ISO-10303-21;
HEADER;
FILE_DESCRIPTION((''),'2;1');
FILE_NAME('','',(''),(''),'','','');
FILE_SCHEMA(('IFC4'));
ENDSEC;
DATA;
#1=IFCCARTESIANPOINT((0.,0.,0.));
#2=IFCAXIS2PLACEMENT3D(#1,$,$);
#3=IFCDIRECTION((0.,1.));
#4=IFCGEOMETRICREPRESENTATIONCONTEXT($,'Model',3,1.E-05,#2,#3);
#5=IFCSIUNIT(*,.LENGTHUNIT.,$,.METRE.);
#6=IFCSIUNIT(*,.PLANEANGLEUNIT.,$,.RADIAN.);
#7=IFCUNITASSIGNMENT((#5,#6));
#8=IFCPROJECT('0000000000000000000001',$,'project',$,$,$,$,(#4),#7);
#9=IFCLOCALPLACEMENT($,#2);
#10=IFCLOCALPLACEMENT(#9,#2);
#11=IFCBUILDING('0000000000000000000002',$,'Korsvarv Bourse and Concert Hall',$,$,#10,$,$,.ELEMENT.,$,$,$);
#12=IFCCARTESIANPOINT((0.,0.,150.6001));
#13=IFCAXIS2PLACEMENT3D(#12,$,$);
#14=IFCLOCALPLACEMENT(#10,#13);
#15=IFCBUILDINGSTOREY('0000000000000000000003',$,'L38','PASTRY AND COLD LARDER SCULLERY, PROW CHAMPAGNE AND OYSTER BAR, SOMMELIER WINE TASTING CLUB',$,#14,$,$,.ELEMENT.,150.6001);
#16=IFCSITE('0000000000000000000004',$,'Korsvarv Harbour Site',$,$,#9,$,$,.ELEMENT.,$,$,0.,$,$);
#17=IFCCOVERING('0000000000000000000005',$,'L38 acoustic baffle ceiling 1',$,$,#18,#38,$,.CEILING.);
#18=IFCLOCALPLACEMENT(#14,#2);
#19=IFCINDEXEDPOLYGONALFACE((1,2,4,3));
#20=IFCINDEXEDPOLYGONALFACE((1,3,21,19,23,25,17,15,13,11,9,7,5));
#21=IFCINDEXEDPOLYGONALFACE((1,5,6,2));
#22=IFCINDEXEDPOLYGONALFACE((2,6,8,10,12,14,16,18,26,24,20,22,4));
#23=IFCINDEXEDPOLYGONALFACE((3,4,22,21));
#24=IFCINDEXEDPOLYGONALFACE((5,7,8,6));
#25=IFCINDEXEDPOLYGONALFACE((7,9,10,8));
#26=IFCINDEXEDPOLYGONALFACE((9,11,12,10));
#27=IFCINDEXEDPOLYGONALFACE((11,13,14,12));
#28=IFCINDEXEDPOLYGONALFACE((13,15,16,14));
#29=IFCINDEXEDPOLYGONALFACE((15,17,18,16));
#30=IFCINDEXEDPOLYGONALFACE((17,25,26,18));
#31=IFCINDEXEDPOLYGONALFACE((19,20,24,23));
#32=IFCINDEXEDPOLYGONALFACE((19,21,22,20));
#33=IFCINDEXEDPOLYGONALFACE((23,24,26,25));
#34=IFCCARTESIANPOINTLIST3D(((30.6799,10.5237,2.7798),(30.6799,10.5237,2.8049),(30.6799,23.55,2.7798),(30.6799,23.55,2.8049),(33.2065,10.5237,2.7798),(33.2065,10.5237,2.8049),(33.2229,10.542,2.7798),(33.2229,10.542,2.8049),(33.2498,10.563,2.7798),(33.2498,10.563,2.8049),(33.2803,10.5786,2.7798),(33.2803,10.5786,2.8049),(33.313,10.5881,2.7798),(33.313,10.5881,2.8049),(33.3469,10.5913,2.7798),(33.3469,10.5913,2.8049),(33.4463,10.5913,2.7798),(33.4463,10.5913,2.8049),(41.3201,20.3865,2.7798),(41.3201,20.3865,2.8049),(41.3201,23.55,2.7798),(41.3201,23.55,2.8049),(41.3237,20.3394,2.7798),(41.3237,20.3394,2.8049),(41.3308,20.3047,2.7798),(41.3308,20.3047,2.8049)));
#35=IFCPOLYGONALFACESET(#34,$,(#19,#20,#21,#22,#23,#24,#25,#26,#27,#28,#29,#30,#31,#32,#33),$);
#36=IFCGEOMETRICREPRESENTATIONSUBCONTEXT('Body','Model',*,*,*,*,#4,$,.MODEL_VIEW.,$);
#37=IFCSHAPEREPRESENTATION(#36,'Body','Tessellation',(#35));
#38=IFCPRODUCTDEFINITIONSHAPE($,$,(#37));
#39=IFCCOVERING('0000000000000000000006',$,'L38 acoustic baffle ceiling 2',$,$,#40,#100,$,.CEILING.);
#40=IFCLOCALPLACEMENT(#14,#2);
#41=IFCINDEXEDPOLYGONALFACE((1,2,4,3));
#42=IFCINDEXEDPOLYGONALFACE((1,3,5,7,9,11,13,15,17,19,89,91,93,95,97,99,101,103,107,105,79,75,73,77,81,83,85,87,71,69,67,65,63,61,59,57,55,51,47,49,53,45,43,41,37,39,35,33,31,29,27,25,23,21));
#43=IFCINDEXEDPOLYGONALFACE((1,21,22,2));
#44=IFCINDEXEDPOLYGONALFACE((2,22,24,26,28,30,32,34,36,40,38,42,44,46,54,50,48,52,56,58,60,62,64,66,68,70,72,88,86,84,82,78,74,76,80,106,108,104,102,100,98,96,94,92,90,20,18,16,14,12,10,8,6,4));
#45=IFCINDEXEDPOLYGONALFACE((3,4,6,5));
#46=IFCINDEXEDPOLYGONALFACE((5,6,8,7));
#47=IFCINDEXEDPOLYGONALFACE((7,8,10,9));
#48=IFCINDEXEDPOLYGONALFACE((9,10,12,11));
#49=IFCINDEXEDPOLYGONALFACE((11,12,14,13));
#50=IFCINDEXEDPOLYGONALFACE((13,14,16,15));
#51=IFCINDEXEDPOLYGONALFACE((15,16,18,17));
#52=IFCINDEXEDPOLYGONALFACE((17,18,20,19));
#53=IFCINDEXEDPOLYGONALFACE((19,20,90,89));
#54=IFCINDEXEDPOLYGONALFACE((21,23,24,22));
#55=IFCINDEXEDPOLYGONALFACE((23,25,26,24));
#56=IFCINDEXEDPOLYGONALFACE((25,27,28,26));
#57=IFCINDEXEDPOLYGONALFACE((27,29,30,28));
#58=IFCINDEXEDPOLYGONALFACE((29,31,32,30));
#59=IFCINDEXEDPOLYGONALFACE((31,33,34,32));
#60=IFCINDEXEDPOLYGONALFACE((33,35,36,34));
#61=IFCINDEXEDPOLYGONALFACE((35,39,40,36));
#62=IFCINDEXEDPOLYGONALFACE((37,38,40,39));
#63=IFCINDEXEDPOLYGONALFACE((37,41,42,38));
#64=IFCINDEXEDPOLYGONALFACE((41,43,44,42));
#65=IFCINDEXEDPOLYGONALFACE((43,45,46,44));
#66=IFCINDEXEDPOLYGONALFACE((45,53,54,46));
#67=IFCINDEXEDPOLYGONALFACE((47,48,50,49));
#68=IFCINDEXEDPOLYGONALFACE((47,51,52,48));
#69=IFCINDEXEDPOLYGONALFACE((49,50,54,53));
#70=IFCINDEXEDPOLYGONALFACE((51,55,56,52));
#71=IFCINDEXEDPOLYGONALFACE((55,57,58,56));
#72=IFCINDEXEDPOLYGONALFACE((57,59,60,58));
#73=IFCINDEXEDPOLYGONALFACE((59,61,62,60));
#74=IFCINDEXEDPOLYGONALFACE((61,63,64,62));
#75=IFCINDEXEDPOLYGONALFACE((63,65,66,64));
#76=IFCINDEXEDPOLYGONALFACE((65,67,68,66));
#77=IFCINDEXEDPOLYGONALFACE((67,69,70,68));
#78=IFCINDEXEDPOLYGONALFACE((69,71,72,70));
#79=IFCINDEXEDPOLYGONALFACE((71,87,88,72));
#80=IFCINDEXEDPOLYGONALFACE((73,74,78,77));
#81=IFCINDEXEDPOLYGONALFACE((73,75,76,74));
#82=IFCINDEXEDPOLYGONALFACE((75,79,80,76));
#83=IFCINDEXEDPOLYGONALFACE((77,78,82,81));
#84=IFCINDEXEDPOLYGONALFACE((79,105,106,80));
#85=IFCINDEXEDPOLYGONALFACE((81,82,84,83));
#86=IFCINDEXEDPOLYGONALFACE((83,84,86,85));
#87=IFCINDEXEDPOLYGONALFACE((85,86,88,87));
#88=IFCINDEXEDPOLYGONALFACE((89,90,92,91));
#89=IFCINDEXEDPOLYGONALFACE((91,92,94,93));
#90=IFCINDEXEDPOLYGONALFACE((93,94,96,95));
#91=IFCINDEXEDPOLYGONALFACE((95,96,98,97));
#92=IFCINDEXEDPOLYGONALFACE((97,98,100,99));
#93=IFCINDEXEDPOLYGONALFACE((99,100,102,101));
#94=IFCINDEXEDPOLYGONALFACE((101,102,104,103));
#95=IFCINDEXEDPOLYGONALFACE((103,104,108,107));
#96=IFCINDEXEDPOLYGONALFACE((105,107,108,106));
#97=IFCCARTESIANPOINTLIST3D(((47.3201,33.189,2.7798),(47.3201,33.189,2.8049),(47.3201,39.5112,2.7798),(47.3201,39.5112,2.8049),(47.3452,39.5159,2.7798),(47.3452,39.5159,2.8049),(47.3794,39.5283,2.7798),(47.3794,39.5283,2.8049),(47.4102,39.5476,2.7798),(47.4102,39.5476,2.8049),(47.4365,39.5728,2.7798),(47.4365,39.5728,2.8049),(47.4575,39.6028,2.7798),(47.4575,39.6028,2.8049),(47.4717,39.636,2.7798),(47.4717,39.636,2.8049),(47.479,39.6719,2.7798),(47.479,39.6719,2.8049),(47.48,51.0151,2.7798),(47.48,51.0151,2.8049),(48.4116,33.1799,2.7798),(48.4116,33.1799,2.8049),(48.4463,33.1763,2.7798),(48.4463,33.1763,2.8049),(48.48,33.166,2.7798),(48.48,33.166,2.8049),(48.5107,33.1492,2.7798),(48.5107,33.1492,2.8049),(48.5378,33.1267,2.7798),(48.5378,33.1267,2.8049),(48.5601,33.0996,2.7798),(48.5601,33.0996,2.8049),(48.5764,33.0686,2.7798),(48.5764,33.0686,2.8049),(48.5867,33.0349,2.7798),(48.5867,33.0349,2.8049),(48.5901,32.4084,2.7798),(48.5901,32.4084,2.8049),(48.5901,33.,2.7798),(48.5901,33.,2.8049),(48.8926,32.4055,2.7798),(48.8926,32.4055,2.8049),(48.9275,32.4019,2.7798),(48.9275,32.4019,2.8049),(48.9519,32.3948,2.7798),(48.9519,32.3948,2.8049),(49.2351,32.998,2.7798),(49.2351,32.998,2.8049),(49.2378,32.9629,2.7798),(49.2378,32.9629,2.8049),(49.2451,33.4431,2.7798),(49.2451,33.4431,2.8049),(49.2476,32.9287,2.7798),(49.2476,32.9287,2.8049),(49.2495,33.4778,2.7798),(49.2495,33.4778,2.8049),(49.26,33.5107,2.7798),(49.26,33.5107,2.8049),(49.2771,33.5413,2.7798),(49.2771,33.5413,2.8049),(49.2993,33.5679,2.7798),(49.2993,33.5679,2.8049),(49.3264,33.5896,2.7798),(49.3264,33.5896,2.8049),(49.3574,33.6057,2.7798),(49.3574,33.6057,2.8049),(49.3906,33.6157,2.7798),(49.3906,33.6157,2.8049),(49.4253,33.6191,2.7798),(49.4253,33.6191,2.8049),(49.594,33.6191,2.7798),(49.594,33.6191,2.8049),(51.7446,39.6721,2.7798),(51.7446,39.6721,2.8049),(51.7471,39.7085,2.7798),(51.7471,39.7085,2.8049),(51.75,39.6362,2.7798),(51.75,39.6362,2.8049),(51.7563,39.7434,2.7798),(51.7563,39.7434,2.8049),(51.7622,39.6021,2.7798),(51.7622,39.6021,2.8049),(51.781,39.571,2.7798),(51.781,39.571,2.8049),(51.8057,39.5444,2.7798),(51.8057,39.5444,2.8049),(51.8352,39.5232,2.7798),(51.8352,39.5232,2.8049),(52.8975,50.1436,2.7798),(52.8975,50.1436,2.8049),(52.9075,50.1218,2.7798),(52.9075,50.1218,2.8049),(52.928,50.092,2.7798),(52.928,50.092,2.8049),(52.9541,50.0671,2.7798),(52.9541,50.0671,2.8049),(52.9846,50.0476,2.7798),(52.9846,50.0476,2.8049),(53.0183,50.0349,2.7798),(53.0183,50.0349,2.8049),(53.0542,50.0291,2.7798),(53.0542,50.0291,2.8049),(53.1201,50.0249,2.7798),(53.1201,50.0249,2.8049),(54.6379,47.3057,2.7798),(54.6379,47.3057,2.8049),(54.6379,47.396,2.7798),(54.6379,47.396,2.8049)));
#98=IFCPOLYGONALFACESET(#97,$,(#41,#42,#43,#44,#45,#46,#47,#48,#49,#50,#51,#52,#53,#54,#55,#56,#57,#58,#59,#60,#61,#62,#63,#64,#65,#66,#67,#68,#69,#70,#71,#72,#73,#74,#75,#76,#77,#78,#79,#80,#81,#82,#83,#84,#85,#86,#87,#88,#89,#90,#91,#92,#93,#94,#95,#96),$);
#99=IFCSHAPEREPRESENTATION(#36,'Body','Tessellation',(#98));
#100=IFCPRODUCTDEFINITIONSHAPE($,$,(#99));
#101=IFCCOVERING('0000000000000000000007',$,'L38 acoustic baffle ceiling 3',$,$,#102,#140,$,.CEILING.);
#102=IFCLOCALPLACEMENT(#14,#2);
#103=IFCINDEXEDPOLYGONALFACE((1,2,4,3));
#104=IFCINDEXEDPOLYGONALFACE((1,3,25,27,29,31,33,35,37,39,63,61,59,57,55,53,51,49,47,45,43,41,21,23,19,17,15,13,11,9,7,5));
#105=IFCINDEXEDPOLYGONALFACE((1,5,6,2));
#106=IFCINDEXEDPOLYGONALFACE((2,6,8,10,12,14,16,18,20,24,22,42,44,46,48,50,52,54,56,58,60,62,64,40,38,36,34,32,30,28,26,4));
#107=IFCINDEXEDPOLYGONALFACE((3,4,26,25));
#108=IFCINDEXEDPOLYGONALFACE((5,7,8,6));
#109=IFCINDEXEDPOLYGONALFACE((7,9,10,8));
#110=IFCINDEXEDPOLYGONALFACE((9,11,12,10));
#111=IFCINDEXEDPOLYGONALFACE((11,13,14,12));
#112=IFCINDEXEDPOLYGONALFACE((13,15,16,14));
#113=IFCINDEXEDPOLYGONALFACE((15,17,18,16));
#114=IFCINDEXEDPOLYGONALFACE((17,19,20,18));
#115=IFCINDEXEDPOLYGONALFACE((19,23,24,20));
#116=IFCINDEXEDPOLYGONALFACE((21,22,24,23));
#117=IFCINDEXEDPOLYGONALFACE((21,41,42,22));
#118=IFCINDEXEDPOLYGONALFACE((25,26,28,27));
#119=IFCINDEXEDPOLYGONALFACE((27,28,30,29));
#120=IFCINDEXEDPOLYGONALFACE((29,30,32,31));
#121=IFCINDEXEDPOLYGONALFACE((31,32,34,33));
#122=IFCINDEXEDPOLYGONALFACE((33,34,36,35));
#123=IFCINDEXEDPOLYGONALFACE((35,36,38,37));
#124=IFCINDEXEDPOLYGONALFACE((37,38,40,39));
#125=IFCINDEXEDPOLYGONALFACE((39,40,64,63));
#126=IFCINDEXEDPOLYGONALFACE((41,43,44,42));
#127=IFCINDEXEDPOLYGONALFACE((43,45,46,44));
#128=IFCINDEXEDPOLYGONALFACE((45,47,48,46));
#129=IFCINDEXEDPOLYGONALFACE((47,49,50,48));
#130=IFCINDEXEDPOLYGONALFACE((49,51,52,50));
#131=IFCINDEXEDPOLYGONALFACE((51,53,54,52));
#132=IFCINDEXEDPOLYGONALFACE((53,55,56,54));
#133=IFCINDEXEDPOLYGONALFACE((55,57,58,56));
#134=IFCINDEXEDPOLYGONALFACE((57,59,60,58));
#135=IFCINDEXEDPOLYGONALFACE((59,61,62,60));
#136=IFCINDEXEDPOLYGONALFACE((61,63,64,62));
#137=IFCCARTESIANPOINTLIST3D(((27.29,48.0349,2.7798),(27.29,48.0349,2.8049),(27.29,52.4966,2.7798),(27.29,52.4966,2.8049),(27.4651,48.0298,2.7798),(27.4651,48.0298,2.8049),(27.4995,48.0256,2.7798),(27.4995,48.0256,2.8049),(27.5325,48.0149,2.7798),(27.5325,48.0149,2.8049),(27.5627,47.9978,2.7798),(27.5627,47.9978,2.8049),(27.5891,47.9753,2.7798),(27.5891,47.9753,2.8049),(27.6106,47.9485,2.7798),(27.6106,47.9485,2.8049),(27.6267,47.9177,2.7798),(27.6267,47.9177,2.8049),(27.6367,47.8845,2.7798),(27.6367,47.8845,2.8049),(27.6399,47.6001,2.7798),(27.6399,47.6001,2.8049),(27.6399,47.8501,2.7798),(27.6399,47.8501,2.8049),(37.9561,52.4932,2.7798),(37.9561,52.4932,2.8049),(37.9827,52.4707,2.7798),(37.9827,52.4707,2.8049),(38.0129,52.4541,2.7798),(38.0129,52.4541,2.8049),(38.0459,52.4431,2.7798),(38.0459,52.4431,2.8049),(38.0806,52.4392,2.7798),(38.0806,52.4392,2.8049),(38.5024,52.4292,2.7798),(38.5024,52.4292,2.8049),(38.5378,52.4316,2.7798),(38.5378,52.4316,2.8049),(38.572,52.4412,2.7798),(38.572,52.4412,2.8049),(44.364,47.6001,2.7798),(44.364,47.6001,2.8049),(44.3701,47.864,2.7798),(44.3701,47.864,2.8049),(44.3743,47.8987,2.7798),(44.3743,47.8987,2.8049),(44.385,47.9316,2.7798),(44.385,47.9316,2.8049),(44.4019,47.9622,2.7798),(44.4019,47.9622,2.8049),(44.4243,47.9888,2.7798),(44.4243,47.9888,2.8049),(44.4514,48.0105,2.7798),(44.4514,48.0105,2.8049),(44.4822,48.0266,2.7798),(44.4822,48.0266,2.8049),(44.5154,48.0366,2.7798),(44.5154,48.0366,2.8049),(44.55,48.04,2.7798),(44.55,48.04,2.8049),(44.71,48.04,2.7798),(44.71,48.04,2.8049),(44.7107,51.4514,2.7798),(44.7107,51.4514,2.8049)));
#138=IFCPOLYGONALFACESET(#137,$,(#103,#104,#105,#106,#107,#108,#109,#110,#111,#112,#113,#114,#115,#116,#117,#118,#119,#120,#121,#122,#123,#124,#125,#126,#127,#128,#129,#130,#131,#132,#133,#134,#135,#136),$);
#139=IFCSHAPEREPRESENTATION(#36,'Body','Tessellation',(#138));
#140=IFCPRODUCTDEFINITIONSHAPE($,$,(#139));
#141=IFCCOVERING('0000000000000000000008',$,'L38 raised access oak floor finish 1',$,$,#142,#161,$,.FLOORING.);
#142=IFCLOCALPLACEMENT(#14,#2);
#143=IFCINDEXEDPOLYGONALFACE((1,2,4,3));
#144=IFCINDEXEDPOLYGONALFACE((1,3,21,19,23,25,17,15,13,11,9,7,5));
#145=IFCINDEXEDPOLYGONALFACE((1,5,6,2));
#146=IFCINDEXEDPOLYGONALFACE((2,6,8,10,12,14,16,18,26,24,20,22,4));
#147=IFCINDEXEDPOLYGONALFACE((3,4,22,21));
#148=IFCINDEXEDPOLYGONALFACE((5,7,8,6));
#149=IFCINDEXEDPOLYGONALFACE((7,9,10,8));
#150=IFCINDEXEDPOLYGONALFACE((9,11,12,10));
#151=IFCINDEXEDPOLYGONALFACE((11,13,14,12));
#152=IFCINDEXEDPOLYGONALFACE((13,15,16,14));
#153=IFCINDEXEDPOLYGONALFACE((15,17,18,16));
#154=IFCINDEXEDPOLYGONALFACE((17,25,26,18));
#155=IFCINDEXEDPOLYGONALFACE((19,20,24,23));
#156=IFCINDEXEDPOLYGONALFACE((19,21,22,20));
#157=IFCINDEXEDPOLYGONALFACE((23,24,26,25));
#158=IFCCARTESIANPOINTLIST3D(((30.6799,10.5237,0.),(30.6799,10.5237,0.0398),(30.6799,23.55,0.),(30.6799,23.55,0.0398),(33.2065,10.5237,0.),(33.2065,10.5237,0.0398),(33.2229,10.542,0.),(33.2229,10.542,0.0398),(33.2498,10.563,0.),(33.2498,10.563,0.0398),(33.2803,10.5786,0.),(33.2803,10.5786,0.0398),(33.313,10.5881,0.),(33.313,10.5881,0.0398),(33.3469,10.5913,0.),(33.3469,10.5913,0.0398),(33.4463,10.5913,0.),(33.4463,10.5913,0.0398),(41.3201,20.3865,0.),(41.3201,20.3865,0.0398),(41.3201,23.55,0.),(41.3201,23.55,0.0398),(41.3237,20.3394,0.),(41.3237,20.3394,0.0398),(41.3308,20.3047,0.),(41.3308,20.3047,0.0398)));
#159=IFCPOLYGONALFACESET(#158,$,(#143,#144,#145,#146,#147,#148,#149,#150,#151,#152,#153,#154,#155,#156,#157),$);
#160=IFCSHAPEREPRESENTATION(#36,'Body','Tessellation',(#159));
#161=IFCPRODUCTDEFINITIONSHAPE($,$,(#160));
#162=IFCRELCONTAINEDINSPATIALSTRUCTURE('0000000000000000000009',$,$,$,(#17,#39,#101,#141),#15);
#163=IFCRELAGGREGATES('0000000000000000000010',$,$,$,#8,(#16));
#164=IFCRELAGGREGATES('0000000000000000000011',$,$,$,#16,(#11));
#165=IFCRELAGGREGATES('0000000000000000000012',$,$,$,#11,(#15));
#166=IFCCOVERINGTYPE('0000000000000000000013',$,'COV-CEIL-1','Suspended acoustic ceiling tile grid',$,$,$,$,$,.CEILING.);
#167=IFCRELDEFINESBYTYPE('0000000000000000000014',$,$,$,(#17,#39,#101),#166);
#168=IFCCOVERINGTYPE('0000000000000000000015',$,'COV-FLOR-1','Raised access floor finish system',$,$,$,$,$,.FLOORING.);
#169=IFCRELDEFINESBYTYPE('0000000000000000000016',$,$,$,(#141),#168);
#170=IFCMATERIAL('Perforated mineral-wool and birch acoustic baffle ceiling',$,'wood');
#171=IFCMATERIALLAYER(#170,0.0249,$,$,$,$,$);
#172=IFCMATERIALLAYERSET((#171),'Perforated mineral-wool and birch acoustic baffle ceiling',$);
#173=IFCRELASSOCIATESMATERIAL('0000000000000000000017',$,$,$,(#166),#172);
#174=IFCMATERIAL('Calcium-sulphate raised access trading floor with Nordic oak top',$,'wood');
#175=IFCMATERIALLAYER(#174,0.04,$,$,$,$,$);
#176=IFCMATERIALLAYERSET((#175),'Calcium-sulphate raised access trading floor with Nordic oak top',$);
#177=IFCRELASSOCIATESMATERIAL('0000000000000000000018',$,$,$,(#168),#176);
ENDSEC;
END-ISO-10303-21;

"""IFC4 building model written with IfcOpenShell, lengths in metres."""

from ifc_helpers import new_model, si_unit, direction, frame, origin, place, context, subcontext, project, spatial, polyline, outline, extrude, material, layer, layer_set, type_object, element, save


model = new_model("IFC4")

# Units and contexts
model_context = context("Model", 3, precision=1e-05, world=origin(), true_north=direction((0.0, 1.0)))
body_context = subcontext(model_context, "Body", "Model", "MODEL_VIEW")
ifc_project = project(units=[si_unit("LENGTHUNIT", "METRE"), si_unit("PLANEANGLEUNIT", "RADIAN")], contexts=[model_context])

# Site, building, storey
site_placement = place(None, origin())
site = spatial("IfcSite", under=ifc_project, at=site_placement, Name="Korsvarv Harbour Site", CompositionType="ELEMENT", RefElevation=0.0)
building_placement = place(site_placement, origin())
building = spatial("IfcBuilding", under=site, at=building_placement, Name="Korsvarv Bourse and Concert Hall", CompositionType="ELEMENT")
storey_placement = place(building_placement, frame((0.0, 0.0, 150.6001)))
storey = spatial("IfcBuildingStorey", under=building, at=storey_placement, Name="L38", Description="PASTRY AND COLD LARDER SCULLERY, PROW CHAMPAGNE AND OYSTER BAR, SOMMELIER WINE TASTING CLUB", CompositionType="ELEMENT", Elevation=150.6001)

# Coverings
ifc_material_1 = material(Name="Perforated mineral-wool and birch acoustic baffle ceiling", Category="wood")
ifc_layer_1 = layer(ifc_material_1, 0.0249)
ifc_layer_set_1 = layer_set([ifc_layer_1], Name="Perforated mineral-wool and birch acoustic baffle ceiling")
covering_type_1 = type_object("IfcCoveringType", Name="COV-CEIL-1", Description="Suspended acoustic ceiling tile grid", PredefinedType="CEILING", material=ifc_layer_set_1)
covering_1_placement = place(storey_placement, frame((0.0, 0.0, 2.7798)))
element("IfcCovering", 1, at=covering_1_placement, inside=storey, type_object=covering_type_1, Name="L38 acoustic baffle ceiling 1", PredefinedType="CEILING", context=body_context, shape_type="SweptSolid", body=[
    extrude(outline(polyline([(30.6799, 10.5237), (30.6799, 23.55), (41.3201, 23.55), (41.3201, 20.3865), (41.3237, 20.3394), (41.3308, 20.3047), (33.4463, 10.5913), (33.3469, 10.5913), (33.313, 10.5881), (33.2803, 10.5786), (33.2498, 10.563), (33.2229, 10.542), (33.2065, 10.5237), (30.6799, 10.5237)])), origin(), (0.0, 0.0, 1.0), 0.0251),
])
covering_2_placement = place(storey_placement, frame((0.0, 0.0, 2.7798)))
element("IfcCovering", 2, at=covering_2_placement, inside=storey, type_object=covering_type_1, Name="L38 acoustic baffle ceiling 2", PredefinedType="CEILING", context=body_context, shape_type="SweptSolid", body=[
    extrude(outline(polyline([(47.3201, 39.5112), (47.3452, 39.5159), (47.3794, 39.5283), (47.4102, 39.5476), (47.4365, 39.5728), (47.4575, 39.6028), (47.4717, 39.636), (47.479, 39.6719), (47.48, 51.0151), (52.8975, 50.1436), (52.9075, 50.1218), (52.928, 50.092), (52.9541, 50.0671), (52.9846, 50.0476), (53.0183, 50.0349), (53.0542, 50.0291), (53.1201, 50.0249), (54.6379, 47.396), (54.6379, 47.3057), (51.7563, 39.7434), (51.7471, 39.7085), (51.7446, 39.6721), (51.75, 39.6362), (51.7622, 39.6021), (51.781, 39.571), (51.8057, 39.5444), (51.8352, 39.5232), (49.594, 33.6191), (49.4253, 33.6191), (49.3906, 33.6157), (49.3574, 33.6057), (49.3264, 33.5896), (49.2993, 33.5679), (49.2771, 33.5413), (49.26, 33.5107), (49.2495, 33.4778), (49.2451, 33.4431), (49.2351, 32.998), (49.2378, 32.9629), (49.2476, 32.9287), (48.9519, 32.3948), (48.9275, 32.4019), (48.8926, 32.4055), (48.5901, 32.4084), (48.5901, 33.0), (48.5867, 33.0349), (48.5764, 33.0686), (48.5601, 33.0996), (48.5378, 33.1267), (48.5107, 33.1492), (48.48, 33.166), (48.4463, 33.1763), (48.4116, 33.1799), (47.3201, 33.189), (47.3201, 39.5112)])), origin(), (0.0, 0.0, 1.0), 0.0251),
])
covering_3_placement = place(storey_placement, frame((0.0, 0.0, 2.7798)))
element("IfcCovering", 3, at=covering_3_placement, inside=storey, type_object=covering_type_1, Name="L38 acoustic baffle ceiling 3", PredefinedType="CEILING", context=body_context, shape_type="SweptSolid", body=[
    extrude(outline(polyline([(37.9561, 52.4932), (37.9827, 52.4707), (38.0129, 52.4541), (38.0459, 52.4431), (38.0806, 52.4392), (38.5024, 52.4292), (38.5378, 52.4316), (38.572, 52.4412), (44.7107, 51.4514), (44.71, 48.04), (44.55, 48.04), (44.5154, 48.0366), (44.4822, 48.0266), (44.4514, 48.0105), (44.4243, 47.9888), (44.4019, 47.9622), (44.385, 47.9316), (44.3743, 47.8987), (44.3701, 47.864), (44.364, 47.6001), (27.6399, 47.6001), (27.6399, 47.8501), (27.6367, 47.8845), (27.6267, 47.9177), (27.6106, 47.9485), (27.5891, 47.9753), (27.5627, 47.9978), (27.5325, 48.0149), (27.4995, 48.0256), (27.4651, 48.0298), (27.29, 48.0349), (27.29, 52.4966), (37.9561, 52.4932)])), origin(), (0.0, 0.0, 1.0), 0.0251),
])
ifc_material_2 = material(Name="Calcium-sulphate raised access trading floor with Nordic oak top", Category="wood")
ifc_layer_2 = layer(ifc_material_2, 0.04)
ifc_layer_set_2 = layer_set([ifc_layer_2], Name="Calcium-sulphate raised access trading floor with Nordic oak top")
covering_type_2 = type_object("IfcCoveringType", Name="COV-FLOR-1", Description="Raised access floor finish system", PredefinedType="FLOORING", material=ifc_layer_set_2)
covering_4_placement = place(storey_placement, origin())
element("IfcCovering", 4, at=covering_4_placement, inside=storey, type_object=covering_type_2, Name="L38 raised access oak floor finish 1", PredefinedType="FLOORING", context=body_context, shape_type="SweptSolid", body=[
    extrude(outline(polyline([(30.6799, 10.5237), (30.6799, 23.55), (41.3201, 23.55), (41.3201, 20.3865), (41.3237, 20.3394), (41.3308, 20.3047), (33.4463, 10.5913), (33.3469, 10.5913), (33.313, 10.5881), (33.2803, 10.5786), (33.2498, 10.563), (33.2229, 10.542), (33.2065, 10.5237), (30.6799, 10.5237)])), origin(), (0.0, 0.0, 1.0), 0.0398),
])

save(model, "model.ifc")
